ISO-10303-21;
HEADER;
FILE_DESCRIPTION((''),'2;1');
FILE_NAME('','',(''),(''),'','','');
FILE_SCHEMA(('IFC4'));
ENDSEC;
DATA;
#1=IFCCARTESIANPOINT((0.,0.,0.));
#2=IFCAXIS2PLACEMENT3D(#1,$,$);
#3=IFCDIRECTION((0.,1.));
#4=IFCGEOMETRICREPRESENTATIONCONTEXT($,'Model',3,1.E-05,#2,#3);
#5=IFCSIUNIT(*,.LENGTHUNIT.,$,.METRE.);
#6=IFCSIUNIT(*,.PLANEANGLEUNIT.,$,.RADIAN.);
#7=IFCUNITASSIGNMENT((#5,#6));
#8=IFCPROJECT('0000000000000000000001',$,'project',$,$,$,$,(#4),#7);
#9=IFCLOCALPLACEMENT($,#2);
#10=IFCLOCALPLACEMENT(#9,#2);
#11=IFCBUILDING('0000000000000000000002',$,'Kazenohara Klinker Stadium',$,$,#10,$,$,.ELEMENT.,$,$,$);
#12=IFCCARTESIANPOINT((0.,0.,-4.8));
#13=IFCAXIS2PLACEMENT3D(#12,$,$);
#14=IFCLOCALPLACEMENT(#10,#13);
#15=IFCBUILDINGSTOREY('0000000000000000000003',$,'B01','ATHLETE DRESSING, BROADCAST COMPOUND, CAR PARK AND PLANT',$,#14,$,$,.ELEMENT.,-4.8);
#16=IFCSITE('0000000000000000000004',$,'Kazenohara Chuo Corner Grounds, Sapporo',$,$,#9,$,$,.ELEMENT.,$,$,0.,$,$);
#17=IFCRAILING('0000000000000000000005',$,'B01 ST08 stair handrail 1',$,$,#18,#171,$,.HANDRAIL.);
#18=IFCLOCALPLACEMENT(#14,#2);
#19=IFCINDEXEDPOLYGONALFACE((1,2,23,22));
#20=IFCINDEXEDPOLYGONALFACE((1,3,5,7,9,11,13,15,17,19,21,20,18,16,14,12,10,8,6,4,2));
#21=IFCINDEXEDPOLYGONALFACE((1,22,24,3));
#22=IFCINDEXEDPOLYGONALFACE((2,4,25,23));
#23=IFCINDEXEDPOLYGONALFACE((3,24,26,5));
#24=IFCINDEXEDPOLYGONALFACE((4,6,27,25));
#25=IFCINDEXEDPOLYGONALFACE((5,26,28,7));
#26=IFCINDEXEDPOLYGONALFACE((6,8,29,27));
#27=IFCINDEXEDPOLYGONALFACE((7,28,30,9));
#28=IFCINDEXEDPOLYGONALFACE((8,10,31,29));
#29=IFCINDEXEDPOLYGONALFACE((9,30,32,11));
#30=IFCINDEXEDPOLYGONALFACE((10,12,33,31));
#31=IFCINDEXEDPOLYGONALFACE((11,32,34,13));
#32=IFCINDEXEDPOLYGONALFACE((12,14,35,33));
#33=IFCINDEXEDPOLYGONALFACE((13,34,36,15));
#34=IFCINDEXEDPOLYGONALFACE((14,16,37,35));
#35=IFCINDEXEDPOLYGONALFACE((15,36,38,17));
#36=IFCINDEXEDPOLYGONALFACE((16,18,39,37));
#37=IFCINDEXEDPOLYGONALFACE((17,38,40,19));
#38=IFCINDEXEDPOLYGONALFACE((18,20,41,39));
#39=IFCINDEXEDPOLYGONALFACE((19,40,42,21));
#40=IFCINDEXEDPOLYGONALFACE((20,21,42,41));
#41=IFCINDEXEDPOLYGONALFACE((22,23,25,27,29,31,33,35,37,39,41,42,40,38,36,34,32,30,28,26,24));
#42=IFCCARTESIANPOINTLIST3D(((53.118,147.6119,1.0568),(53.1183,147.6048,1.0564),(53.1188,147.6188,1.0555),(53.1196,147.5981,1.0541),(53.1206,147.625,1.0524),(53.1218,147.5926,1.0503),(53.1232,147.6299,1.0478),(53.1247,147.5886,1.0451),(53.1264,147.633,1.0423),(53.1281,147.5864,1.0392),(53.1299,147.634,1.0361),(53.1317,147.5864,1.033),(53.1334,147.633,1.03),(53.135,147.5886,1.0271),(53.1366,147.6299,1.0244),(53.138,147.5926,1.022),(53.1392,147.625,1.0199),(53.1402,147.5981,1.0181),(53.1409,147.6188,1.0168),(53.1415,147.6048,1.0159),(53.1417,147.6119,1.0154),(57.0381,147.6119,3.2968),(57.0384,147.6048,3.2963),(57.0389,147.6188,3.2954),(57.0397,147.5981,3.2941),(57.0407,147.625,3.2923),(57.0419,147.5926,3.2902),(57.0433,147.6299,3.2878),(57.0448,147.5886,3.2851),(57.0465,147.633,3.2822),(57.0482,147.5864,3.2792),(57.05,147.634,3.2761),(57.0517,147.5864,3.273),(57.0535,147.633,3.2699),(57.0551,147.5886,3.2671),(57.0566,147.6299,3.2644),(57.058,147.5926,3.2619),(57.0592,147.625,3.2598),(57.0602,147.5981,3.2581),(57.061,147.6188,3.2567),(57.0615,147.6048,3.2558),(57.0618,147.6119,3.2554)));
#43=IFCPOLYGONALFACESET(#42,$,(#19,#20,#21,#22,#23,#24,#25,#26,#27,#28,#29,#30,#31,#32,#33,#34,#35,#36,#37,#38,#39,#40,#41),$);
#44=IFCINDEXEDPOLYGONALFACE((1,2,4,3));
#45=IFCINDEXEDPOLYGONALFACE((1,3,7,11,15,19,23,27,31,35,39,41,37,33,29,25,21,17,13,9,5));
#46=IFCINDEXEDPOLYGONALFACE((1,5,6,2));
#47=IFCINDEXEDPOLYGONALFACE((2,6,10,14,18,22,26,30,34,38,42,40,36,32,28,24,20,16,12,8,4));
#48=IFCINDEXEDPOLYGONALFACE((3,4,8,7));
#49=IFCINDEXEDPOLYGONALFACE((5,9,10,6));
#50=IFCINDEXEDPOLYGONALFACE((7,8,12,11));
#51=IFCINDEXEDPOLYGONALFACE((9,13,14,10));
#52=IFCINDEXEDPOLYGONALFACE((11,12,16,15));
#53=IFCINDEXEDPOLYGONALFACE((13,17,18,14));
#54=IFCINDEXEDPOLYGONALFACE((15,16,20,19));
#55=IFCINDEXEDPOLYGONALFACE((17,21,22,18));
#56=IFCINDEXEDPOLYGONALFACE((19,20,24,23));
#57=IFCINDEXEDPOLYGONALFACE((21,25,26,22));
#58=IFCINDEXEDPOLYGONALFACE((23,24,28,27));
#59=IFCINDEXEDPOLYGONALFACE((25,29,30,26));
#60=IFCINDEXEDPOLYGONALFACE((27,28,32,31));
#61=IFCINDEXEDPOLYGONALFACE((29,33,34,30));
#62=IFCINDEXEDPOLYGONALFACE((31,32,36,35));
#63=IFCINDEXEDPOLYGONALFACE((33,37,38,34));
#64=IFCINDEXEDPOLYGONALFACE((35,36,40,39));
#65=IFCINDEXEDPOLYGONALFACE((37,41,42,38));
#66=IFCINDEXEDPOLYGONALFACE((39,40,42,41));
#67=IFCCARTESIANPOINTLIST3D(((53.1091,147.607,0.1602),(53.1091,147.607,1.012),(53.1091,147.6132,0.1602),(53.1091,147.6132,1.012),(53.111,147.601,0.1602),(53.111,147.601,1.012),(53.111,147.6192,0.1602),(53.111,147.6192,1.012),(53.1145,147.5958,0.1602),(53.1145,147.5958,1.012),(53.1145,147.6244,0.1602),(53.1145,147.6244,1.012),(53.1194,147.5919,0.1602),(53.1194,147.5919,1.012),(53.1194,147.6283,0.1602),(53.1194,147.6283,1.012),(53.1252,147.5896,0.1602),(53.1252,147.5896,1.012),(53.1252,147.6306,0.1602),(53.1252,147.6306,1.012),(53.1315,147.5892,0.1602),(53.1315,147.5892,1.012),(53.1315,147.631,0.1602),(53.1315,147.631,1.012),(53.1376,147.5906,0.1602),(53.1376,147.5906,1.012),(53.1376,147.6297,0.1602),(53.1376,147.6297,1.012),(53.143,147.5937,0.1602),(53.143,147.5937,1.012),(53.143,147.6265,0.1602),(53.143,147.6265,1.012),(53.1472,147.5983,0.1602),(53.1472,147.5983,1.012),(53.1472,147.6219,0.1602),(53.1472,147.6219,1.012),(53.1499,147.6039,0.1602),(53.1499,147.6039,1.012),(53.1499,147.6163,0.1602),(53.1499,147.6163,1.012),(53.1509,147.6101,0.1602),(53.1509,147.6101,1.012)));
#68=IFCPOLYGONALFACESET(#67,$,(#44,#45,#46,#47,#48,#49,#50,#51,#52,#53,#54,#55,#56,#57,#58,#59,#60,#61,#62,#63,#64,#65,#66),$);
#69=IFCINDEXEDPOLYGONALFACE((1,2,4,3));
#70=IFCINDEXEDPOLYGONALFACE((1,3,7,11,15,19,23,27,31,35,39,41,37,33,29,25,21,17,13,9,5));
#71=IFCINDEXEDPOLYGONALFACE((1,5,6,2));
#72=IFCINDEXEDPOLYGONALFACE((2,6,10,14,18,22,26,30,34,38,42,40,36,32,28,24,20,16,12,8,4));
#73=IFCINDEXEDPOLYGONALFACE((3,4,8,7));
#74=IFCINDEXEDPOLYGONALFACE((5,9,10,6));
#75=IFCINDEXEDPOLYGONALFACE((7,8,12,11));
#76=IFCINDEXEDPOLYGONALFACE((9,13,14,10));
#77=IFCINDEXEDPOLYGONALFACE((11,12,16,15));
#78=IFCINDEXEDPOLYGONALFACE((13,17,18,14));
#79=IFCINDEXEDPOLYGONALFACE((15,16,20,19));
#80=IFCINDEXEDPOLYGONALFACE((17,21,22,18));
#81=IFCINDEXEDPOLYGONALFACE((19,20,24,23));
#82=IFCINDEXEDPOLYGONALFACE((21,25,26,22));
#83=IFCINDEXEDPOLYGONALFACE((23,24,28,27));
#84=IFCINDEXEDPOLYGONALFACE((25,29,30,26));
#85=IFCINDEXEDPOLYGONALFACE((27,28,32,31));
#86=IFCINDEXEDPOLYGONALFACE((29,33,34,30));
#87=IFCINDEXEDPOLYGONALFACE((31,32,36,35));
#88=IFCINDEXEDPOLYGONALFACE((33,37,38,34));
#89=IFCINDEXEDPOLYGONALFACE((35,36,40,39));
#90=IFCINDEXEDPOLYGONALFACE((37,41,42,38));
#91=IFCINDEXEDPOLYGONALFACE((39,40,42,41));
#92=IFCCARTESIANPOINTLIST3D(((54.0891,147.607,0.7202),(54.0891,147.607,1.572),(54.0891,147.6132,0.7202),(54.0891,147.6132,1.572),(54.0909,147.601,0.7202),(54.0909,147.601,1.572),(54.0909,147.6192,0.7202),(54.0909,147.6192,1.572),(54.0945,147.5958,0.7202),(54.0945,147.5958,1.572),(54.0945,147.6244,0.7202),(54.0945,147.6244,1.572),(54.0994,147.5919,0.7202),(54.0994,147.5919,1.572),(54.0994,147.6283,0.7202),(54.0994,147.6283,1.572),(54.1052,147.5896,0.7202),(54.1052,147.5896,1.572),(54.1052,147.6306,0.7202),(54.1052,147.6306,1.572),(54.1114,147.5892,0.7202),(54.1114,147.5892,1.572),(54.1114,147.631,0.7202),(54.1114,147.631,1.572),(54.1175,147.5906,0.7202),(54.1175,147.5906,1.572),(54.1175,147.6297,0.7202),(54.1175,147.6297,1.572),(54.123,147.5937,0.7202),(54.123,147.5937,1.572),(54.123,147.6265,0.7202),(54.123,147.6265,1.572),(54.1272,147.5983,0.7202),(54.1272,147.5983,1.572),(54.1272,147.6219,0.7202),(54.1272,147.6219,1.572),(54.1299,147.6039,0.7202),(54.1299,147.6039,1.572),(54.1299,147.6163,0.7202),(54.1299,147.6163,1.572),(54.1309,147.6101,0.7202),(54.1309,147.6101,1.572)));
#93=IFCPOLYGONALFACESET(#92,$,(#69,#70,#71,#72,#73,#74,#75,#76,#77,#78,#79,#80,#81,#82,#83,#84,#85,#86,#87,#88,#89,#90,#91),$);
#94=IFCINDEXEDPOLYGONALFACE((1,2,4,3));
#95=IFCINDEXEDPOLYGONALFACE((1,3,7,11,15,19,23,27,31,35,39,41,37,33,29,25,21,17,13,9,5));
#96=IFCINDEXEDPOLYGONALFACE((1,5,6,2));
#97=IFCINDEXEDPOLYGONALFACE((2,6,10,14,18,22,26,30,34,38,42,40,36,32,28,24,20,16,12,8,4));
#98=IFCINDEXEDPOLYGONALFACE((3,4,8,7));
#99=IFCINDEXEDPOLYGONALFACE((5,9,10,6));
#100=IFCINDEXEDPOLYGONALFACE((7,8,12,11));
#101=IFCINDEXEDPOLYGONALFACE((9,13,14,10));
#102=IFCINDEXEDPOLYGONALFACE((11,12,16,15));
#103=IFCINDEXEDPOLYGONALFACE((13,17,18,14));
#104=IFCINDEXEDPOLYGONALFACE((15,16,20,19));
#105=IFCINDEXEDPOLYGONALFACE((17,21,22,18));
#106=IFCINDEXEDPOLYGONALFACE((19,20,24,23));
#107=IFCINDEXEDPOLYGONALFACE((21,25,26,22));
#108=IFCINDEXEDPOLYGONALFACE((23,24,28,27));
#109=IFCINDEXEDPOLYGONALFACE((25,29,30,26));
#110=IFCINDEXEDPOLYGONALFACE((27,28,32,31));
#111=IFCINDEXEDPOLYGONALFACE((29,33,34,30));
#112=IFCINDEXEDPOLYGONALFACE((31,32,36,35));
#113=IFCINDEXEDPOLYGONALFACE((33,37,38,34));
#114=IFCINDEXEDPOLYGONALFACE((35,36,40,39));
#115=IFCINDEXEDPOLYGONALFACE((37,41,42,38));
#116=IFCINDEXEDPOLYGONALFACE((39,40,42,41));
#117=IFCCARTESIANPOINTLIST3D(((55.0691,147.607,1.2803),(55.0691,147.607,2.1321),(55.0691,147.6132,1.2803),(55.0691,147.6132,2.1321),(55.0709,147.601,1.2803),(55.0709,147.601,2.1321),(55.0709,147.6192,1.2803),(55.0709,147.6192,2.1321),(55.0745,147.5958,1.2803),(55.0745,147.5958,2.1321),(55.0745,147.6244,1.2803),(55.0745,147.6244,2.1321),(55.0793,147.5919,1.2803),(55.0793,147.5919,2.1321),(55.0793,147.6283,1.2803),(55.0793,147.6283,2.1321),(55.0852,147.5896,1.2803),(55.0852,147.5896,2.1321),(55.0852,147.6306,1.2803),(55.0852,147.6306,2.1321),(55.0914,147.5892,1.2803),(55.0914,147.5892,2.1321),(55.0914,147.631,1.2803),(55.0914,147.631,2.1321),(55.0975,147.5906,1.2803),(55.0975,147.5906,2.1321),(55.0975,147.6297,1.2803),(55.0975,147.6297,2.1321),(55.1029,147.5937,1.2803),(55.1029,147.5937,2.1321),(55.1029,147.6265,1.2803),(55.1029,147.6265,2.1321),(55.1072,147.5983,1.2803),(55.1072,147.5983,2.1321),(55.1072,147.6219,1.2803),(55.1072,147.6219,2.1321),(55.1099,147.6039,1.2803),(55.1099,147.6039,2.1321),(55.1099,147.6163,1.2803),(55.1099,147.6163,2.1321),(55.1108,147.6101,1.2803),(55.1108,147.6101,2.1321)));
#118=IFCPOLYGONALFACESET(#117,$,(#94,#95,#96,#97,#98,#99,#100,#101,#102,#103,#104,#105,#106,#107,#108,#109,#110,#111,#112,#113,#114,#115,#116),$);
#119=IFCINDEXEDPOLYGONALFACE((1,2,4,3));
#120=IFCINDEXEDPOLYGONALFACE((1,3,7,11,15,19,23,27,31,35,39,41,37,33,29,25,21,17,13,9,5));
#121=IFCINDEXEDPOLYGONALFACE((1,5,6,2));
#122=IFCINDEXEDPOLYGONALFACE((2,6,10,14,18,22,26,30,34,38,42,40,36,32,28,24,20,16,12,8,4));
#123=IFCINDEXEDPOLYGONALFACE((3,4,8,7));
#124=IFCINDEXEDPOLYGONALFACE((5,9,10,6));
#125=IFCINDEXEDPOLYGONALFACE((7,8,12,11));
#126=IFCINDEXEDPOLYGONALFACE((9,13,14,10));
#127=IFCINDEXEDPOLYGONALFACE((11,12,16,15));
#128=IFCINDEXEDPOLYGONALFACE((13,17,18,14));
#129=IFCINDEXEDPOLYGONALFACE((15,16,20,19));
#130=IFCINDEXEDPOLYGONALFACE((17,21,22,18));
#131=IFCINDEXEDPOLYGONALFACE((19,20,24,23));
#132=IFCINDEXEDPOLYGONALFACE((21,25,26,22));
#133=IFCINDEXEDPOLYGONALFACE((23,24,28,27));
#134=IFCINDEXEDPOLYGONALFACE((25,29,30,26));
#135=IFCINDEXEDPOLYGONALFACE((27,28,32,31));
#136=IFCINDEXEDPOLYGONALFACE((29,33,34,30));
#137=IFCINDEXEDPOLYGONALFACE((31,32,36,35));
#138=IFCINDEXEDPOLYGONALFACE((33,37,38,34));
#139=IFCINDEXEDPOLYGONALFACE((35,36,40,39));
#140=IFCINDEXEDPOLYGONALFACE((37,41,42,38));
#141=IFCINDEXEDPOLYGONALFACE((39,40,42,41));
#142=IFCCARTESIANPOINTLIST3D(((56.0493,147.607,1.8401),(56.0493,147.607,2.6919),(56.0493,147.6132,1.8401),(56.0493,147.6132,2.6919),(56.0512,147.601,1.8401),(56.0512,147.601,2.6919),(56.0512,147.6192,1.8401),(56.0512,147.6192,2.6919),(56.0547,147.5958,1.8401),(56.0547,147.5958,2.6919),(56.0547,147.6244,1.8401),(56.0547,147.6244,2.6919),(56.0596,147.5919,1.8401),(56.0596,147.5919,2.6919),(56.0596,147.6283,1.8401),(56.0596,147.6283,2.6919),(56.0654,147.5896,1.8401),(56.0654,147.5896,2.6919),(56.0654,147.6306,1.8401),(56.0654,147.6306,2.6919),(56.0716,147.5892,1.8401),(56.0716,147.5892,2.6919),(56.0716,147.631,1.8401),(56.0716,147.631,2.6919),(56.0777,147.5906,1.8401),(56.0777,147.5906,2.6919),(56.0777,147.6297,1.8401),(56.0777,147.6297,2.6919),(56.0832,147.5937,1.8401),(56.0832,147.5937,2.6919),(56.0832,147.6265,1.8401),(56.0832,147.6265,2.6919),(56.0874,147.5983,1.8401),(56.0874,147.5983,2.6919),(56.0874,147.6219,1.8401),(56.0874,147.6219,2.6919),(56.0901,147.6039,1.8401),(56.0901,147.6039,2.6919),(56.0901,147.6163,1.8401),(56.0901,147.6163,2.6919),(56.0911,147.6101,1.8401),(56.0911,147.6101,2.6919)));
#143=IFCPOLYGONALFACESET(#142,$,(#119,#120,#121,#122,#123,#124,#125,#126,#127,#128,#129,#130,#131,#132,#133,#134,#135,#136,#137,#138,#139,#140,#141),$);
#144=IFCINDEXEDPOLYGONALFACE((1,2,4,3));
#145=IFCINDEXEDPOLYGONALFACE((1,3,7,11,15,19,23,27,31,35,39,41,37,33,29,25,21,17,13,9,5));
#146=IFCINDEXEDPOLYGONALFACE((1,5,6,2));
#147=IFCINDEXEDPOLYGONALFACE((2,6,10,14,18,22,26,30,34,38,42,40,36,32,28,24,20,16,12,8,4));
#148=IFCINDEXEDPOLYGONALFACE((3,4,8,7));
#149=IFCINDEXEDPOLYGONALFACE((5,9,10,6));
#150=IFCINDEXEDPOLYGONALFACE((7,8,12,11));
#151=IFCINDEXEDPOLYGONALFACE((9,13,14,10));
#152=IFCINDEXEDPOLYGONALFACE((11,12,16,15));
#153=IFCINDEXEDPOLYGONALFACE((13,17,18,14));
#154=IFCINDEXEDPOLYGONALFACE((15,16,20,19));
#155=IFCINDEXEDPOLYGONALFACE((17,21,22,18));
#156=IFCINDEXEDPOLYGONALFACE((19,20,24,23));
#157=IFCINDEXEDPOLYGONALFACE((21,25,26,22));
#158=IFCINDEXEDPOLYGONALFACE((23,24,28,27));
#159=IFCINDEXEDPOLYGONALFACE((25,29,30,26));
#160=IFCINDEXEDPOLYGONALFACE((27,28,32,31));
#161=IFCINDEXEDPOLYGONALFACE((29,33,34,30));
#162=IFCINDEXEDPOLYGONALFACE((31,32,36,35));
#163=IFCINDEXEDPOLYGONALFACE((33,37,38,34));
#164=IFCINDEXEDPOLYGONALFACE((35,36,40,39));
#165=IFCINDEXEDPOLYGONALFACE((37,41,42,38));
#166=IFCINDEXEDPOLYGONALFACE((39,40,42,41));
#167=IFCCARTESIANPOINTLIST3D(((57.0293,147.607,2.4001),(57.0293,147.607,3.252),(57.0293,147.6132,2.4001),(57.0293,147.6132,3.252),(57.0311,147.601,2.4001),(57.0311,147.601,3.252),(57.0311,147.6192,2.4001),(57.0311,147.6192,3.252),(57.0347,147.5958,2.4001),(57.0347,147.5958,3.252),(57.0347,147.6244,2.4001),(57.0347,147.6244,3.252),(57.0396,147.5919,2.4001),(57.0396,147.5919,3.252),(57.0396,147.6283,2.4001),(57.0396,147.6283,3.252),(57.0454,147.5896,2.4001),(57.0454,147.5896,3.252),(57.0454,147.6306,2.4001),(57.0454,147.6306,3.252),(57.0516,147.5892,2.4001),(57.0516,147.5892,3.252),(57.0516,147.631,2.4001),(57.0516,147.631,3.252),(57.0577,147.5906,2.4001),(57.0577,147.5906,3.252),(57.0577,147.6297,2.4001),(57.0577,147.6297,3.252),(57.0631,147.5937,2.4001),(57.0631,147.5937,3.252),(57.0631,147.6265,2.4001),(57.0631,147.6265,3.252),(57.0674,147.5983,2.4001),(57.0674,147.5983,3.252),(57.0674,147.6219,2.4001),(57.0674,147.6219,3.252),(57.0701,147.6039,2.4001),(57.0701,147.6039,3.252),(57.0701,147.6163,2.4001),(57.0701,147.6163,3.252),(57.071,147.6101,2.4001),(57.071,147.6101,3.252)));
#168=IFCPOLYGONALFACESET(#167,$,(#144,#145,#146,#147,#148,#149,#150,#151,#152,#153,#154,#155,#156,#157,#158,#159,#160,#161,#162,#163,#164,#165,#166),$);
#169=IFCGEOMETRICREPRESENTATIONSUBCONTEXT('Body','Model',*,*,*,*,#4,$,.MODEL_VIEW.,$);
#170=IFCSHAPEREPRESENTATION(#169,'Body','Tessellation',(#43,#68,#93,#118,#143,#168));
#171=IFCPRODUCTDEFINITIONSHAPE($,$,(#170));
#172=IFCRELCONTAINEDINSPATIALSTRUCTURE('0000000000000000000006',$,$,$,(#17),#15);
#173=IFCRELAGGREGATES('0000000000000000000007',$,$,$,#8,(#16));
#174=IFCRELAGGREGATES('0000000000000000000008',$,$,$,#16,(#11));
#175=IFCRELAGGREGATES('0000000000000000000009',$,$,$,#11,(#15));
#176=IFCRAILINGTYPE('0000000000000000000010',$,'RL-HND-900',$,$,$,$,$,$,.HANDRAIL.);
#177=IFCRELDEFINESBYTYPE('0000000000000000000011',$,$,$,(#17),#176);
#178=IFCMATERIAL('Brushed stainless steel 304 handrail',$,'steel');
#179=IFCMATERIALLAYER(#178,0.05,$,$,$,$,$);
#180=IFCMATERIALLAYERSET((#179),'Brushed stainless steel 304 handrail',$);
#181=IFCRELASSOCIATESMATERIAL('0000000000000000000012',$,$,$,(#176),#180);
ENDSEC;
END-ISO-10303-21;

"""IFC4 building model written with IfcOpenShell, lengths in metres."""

from ifc_helpers import new_model, si_unit, direction, frame, origin, origin_2d, place, context, subcontext, project, spatial, circle, extrude, material, layer, layer_set, type_object, element, save


model = new_model("IFC4")

# Units and contexts
model_context = context("Model", 3, precision=1e-05, world=origin(), true_north=direction((0.0, 1.0)))
body_context = subcontext(model_context, "Body", "Model", "MODEL_VIEW")
ifc_project = project(units=[si_unit("LENGTHUNIT", "METRE"), si_unit("PLANEANGLEUNIT", "RADIAN")], contexts=[model_context])

# Site, building, storey
site_placement = place(None, origin())
site = spatial("IfcSite", under=ifc_project, at=site_placement, Name="Kazenohara Chuo Corner Grounds, Sapporo", CompositionType="ELEMENT", RefElevation=0.0)
building_placement = place(site_placement, origin())
building = spatial("IfcBuilding", under=site, at=building_placement, Name="Kazenohara Klinker Stadium", CompositionType="ELEMENT")
storey_placement = place(building_placement, frame((0.0, 0.0, -4.8)))
storey = spatial("IfcBuildingStorey", under=building, at=storey_placement, Name="B01", Description="ATHLETE DRESSING, BROADCAST COMPOUND, CAR PARK AND PLANT", CompositionType="ELEMENT", Elevation=-4.8)

# Railing
ifc_material_1 = material(Name="Brushed stainless steel 304 handrail", Category="steel")
ifc_layer_1 = layer(ifc_material_1, 0.05)
ifc_layer_set_1 = layer_set([ifc_layer_1], Name="Brushed stainless steel 304 handrail")
railing_type_1 = type_object("IfcRailingType", Name="RL-HND-900", PredefinedType="HANDRAIL", material=ifc_layer_set_1)
railing_1_placement = place(storey_placement, frame((53.1299, 147.6101, 0.1602)))
element("IfcRailing", 1, at=railing_1_placement, inside=storey, type_object=railing_type_1, Name="B01 ST08 stair handrail 1", PredefinedType="HANDRAIL", context=body_context, shape_type="SweptSolid", body=[
    extrude(circle(Radius=0.0239, at=origin_2d()), frame((0.0, 0.0, 0.876), z_axis=(0.868253, 0.0, 0.496121), x_axis=(0.0, 1.0, 0.0)), (0.0, 0.0, 1.0), 4.5149),
    extrude(circle(Radius=0.021, at=origin_2d()), origin(), (0.0, 0.0, 1.0), 0.8518),
    extrude(circle(Radius=0.021, at=origin_2d()), frame((0.98, 0.0, 0.5601)), (0.0, 0.0, 1.0), 0.8518),
    extrude(circle(Radius=0.021, at=origin_2d()), frame((1.96, 0.0, 1.1201)), (0.0, 0.0, 1.0), 0.8518),
    extrude(circle(Radius=0.021, at=origin_2d()), frame((2.9402, 0.0, 1.6799)), (0.0, 0.0, 1.0), 0.8518),
    extrude(circle(Radius=0.021, at=origin_2d()), frame((3.9202, 0.0, 2.24)), (0.0, 0.0, 1.0), 0.8518),
])

save(model, "model.ifc")
